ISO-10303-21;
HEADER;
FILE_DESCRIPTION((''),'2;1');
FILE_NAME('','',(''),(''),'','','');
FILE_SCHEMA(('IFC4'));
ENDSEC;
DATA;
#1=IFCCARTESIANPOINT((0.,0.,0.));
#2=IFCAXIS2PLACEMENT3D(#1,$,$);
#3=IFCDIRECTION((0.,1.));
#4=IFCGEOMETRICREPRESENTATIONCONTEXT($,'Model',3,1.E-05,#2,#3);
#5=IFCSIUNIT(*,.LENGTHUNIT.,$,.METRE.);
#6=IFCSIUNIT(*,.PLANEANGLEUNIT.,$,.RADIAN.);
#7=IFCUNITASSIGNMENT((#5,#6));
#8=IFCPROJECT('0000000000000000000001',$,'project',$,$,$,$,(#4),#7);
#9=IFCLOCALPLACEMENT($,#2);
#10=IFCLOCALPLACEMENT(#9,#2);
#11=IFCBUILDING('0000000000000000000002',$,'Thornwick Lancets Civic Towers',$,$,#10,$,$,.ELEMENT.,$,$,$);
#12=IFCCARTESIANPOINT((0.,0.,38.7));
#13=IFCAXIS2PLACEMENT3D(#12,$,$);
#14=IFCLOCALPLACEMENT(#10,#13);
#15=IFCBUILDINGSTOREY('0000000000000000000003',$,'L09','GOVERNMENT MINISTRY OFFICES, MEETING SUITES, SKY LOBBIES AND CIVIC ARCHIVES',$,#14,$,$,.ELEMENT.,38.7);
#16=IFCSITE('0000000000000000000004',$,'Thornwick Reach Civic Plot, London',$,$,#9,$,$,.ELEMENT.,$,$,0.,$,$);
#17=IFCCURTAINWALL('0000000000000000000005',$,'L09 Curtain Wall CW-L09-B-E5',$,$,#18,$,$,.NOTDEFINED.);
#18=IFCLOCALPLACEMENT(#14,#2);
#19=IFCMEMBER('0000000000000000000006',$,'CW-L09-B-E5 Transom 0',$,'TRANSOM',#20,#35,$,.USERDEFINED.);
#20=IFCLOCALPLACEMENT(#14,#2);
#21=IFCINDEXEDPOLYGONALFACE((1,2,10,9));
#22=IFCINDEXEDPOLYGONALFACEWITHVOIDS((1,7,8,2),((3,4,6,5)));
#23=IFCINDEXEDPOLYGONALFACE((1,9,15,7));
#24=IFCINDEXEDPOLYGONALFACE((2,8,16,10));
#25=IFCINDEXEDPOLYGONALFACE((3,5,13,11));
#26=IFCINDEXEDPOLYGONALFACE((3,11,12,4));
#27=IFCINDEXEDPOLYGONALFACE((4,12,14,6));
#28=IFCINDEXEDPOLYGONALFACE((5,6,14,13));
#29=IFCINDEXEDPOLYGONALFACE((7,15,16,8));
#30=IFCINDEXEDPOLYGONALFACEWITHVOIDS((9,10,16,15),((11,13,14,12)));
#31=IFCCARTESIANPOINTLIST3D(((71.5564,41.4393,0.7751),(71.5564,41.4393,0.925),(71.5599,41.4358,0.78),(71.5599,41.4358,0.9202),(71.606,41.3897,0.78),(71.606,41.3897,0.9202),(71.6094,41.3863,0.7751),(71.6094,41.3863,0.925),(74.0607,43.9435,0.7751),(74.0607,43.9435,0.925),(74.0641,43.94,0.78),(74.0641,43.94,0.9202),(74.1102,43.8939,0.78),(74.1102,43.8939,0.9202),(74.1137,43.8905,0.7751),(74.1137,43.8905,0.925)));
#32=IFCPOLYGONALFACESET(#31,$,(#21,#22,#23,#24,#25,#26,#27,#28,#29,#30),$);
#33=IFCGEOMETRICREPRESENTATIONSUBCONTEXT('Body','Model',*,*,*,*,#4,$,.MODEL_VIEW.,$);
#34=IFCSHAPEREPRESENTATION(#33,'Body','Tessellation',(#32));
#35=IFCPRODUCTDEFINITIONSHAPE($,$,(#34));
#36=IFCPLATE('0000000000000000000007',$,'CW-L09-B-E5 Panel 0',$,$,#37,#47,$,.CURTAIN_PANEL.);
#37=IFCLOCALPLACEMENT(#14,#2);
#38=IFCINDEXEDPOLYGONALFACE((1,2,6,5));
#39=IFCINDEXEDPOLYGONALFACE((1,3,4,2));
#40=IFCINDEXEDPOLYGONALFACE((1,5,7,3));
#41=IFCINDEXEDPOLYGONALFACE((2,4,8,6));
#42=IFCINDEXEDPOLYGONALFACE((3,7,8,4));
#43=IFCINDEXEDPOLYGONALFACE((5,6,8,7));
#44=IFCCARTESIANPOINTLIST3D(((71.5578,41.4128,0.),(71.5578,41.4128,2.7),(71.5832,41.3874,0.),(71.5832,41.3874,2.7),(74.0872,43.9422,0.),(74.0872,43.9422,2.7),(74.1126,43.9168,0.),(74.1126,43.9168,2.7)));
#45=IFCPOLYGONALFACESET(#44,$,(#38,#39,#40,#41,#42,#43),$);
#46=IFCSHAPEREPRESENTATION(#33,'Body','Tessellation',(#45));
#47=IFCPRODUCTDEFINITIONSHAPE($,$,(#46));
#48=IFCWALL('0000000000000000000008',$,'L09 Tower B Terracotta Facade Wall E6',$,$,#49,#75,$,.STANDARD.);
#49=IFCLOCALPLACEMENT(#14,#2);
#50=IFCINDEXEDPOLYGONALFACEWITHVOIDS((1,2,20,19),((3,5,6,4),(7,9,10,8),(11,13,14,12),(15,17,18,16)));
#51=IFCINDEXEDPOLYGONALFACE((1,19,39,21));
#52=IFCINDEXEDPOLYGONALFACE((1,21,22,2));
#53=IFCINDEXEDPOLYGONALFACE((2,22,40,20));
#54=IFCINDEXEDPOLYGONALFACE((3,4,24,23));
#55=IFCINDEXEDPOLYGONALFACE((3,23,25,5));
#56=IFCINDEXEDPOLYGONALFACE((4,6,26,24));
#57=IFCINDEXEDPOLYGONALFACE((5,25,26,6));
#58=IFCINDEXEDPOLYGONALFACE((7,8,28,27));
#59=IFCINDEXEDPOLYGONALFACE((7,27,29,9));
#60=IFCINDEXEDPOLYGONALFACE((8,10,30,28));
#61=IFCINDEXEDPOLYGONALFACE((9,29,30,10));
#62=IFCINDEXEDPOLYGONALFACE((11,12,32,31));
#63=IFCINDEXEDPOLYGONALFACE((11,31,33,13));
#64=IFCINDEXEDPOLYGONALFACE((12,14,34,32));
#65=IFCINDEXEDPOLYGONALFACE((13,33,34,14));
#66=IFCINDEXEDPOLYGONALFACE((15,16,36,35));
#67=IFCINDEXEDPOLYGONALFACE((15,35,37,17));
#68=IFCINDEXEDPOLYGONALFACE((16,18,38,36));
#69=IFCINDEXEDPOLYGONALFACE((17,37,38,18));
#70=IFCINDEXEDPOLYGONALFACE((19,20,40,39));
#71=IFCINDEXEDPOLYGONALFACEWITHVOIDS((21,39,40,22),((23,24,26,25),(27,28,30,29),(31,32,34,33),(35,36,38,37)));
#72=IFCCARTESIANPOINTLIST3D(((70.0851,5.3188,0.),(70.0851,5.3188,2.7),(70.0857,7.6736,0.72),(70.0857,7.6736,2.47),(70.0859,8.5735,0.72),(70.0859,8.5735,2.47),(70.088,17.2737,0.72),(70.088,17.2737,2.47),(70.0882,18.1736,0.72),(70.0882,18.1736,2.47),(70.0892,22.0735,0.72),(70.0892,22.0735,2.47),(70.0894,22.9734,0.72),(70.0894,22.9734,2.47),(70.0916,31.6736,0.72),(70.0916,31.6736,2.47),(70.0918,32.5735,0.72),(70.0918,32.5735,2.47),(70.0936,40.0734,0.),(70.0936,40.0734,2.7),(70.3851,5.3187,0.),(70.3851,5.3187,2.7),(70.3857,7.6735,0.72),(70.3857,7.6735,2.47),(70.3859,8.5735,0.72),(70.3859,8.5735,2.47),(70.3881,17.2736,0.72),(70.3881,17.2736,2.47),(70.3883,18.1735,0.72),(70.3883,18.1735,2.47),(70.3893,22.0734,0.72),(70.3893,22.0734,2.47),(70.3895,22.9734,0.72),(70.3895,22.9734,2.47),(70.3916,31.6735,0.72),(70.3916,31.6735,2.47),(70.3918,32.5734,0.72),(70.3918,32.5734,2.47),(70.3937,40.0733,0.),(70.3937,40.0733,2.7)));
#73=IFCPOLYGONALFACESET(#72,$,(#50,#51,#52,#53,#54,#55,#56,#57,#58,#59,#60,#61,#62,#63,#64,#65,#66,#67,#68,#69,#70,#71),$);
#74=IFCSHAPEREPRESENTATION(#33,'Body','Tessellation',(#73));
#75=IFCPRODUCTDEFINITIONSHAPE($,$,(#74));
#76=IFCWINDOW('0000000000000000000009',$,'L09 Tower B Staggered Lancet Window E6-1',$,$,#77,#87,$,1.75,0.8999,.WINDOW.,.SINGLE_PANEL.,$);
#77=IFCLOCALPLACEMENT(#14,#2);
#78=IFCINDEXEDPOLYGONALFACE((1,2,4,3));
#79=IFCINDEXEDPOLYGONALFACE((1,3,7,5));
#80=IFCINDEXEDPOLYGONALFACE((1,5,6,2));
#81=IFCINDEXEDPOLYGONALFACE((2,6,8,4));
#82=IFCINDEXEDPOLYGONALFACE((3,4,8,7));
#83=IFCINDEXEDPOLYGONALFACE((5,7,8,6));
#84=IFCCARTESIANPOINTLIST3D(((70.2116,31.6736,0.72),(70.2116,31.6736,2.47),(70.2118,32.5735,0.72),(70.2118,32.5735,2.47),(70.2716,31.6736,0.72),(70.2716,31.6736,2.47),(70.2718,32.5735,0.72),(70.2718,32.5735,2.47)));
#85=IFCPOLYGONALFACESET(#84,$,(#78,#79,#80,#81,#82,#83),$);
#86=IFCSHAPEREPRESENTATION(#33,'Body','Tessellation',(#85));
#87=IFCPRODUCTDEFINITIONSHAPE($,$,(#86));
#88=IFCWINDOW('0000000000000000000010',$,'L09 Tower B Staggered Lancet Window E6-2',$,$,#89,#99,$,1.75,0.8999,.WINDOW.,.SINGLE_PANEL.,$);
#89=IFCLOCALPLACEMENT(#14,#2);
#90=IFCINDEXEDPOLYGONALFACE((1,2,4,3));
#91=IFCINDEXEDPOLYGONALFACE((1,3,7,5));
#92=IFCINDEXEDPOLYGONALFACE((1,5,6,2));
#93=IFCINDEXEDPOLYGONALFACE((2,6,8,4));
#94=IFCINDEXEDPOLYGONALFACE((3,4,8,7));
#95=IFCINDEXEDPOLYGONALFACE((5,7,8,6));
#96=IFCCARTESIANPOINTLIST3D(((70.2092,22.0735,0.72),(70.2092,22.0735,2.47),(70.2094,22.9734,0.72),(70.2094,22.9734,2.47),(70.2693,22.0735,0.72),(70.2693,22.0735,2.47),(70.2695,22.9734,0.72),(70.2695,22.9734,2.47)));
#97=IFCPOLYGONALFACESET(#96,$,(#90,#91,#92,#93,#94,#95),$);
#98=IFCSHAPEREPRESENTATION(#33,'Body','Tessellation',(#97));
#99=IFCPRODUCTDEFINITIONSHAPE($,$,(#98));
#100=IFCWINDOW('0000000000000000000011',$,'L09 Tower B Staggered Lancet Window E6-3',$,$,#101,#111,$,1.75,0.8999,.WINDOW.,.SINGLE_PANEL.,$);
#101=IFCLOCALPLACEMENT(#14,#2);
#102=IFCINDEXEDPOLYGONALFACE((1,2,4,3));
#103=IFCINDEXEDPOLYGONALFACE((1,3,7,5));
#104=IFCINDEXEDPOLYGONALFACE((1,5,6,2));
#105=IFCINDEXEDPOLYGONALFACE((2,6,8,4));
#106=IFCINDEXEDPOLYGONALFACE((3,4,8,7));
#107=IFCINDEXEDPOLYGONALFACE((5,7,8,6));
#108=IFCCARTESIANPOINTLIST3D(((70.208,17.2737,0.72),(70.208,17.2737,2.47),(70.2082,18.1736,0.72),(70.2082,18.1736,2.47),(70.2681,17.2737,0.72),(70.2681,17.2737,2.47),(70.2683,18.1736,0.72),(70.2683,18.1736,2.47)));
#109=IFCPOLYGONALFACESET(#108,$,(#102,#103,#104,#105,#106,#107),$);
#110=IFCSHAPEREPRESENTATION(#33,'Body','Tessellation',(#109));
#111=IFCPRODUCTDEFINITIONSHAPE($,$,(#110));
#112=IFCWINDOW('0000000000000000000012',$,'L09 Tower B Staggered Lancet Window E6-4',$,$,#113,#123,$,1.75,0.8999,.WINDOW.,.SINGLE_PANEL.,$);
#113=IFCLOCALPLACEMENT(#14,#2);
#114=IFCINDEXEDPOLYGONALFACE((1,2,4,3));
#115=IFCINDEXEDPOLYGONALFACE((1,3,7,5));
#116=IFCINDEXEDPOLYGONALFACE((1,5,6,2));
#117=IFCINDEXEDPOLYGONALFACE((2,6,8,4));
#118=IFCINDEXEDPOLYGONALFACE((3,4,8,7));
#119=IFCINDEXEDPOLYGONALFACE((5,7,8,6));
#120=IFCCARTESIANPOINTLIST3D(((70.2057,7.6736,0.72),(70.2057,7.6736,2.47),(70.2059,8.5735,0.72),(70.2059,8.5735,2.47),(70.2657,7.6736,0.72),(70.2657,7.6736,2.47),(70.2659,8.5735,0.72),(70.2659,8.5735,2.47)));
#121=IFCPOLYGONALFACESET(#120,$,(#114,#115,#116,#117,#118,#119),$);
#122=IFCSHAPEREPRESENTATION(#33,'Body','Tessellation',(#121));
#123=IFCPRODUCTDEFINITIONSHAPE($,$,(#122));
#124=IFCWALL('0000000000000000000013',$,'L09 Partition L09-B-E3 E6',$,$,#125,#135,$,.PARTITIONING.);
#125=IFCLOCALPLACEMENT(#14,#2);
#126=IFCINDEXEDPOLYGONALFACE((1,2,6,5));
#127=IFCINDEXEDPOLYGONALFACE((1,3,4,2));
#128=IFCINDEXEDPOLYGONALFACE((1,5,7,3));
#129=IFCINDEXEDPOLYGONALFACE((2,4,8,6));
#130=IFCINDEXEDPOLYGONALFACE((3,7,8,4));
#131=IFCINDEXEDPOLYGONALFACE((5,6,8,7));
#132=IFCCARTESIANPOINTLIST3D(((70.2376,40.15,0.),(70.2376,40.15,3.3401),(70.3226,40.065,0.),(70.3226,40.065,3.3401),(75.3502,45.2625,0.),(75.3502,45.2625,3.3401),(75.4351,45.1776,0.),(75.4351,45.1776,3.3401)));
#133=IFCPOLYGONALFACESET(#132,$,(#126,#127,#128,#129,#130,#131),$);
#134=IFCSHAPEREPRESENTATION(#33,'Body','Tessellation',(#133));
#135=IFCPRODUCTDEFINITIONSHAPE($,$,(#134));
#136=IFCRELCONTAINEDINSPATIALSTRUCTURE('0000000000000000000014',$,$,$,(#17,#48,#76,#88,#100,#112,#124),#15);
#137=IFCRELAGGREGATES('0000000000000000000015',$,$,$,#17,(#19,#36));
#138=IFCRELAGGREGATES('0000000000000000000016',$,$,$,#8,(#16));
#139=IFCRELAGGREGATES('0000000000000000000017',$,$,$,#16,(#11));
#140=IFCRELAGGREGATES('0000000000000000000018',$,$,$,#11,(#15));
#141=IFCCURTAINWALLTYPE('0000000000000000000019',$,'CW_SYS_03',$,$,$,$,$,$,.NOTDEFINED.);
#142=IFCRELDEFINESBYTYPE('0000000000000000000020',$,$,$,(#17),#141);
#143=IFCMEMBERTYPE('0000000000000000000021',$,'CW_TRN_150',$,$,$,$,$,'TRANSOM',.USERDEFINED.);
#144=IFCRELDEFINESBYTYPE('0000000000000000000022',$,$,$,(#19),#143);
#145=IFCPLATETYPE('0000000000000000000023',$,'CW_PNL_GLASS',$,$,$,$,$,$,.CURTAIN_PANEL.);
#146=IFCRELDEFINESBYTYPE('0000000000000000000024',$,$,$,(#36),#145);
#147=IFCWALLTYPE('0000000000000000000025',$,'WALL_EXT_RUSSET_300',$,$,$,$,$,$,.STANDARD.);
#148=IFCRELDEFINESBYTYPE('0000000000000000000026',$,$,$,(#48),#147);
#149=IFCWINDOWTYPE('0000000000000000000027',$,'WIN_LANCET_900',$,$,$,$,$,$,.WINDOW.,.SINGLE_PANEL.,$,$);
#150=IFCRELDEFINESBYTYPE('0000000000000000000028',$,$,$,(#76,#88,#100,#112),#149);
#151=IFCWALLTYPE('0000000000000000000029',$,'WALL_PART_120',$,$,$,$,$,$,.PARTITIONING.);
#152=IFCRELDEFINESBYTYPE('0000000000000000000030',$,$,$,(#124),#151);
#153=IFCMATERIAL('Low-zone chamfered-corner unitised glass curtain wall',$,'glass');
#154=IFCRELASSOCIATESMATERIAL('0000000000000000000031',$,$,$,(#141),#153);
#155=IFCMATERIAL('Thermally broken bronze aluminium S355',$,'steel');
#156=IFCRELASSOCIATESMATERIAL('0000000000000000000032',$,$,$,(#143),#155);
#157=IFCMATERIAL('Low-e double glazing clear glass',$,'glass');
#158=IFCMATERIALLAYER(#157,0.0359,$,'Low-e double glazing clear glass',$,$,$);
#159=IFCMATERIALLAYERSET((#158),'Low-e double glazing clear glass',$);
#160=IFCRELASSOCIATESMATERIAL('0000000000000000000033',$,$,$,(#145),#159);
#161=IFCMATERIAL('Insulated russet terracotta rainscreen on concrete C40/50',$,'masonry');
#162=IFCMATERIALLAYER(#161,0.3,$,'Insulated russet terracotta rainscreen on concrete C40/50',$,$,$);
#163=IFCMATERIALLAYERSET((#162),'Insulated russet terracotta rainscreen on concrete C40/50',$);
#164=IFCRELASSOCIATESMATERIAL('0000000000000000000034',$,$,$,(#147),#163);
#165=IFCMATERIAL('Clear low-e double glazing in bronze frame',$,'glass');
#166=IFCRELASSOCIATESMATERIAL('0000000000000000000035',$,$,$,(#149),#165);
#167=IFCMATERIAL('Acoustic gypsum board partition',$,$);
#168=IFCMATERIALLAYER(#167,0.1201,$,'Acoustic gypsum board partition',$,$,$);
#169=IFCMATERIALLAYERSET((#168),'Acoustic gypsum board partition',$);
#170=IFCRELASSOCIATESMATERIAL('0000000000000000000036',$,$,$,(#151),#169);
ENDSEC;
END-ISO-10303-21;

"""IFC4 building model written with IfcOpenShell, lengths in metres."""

from ifc_helpers import new_model, si_unit, direction, frame, frame_2d, origin, origin_2d, place, context, subcontext, project, spatial, rectangle, hollow_rectangle, extrude, material, layer, layer_set, material_profile, profile_set, type_object, element, fill, aggregate, save


model = new_model("IFC4")

# Units and contexts
model_context = context("Model", 3, precision=1e-05, world=origin(), true_north=direction((0.0, 1.0)))
body_context = subcontext(model_context, "Body", "Model", "MODEL_VIEW")
ifc_project = project(units=[si_unit("LENGTHUNIT", "METRE"), si_unit("PLANEANGLEUNIT", "RADIAN")], contexts=[model_context])

# Site, building, storey
site_placement = place(None, origin())
site = spatial("IfcSite", under=ifc_project, at=site_placement, Name="Thornwick Reach Civic Plot, London", CompositionType="ELEMENT", RefElevation=0.0)
building_placement = place(site_placement, origin())
building = spatial("IfcBuilding", under=site, at=building_placement, Name="Thornwick Lancets Civic Towers", CompositionType="ELEMENT")
storey_placement = place(building_placement, frame((0.0, 0.0, 38.7)))
storey = spatial("IfcBuildingStorey", under=building, at=storey_placement, Name="L09", Description="GOVERNMENT MINISTRY OFFICES, MEETING SUITES, SKY LOBBIES AND CIVIC ARCHIVES", CompositionType="ELEMENT", Elevation=38.7)

# Curtain wall, member, plate
ifc_material_1 = material(Name="Low-zone chamfered-corner unitised glass curtain wall", Category="glass")
curtain_wall_type = type_object("IfcCurtainWallType", Name="CW_SYS_03", PredefinedType="NOTDEFINED", material=ifc_material_1)
curtain_wall_placement = place(storey_placement, origin())
curtain_wall = element("IfcCurtainWall", 1, at=curtain_wall_placement, inside=storey, type_object=curtain_wall_type, Name="L09 Curtain Wall CW-L09-B-E5", PredefinedType="NOTDEFINED")
ifc_material_2 = material(Name="Thermally broken bronze aluminium S355", Category="steel")
ifc_material_profile_1 = material_profile(ifc_material_2, hollow_rectangle(XDim=0.075, YDim=0.1499, WallThickness=0.0049, at=origin_2d()), Name="RHS 150x75x5")
ifc_profile_set_1 = profile_set([ifc_material_profile_1], Name="Thermally broken bronze aluminium S355")
member_type_1 = type_object("IfcMemberType", Name="CW_TRN_150", ElementType="TRANSOM", PredefinedType="USERDEFINED", material=ifc_profile_set_1)
member_1_placement = place(storey_placement, frame((74.0872, 43.917, 0.8501), z_axis=(-0.707107, -0.707107, 0.0), x_axis=(0.707107, -0.707107, 0.0)))
member_1 = element("IfcMember", 2, at=member_1_placement, type_object=member_type_1, Name="CW-L09-B-E5 Transom 0", ObjectType="TRANSOM", PredefinedType="USERDEFINED", context=body_context, shape_type="SweptSolid", body=[
    extrude(hollow_rectangle(XDim=0.075, YDim=0.1499, WallThickness=0.0049, at=origin_2d()), origin(), (0.0, 0.0, 1.0), 3.5415),
])
ifc_material_3 = material(Name="Low-e double glazing clear glass", Category="glass")
ifc_layer_1 = layer(ifc_material_3, 0.0359, Name="Low-e double glazing clear glass")
ifc_layer_set_1 = layer_set([ifc_layer_1], Name="Low-e double glazing clear glass")
plate_type = type_object("IfcPlateType", Name="CW_PNL_GLASS", PredefinedType="CURTAIN_PANEL", material=ifc_layer_set_1)
plate_placement = place(storey_placement, frame((72.8352, 42.6648, 0.0), z_axis=(0.0, 0.0, 1.0), x_axis=(-0.707107, -0.707107, 0.0)))
plate = element("IfcPlate", 3, at=plate_placement, type_object=plate_type, Name="CW-L09-B-E5 Panel 0", PredefinedType="CURTAIN_PANEL", context=body_context, shape_type="SweptSolid", body=[
    extrude(rectangle(XDim=3.5771, YDim=0.0359, at=origin_2d()), origin(), (0.0, 0.0, 1.0), 2.7),
])
aggregate(curtain_wall, [member_1, plate])

# Wall, openings, windows
ifc_material_4 = material(Name="Insulated russet terracotta rainscreen on concrete C40/50", Category="masonry")
ifc_layer_2 = layer(ifc_material_4, 0.3, Name="Insulated russet terracotta rainscreen on concrete C40/50")
ifc_layer_set_2 = layer_set([ifc_layer_2], Name="Insulated russet terracotta rainscreen on concrete C40/50")
wall_type_1 = type_object("IfcWallType", Name="WALL_EXT_RUSSET_300", PredefinedType="STANDARD", material=ifc_layer_set_2)
wall_1_placement = place(storey_placement, frame((70.2437, 40.0735, 0.0), z_axis=(0.0, 0.0, 1.0), x_axis=(-0.000246, -1.0, 0.0)))
wall_1 = element("IfcWall", 4, at=wall_1_placement, inside=storey, type_object=wall_type_1, Name="L09 Tower B Terracotta Facade Wall E6", PredefinedType="STANDARD", context=body_context, shape_type="SweptSolid", body=[
    extrude(rectangle(XDim=34.7546, YDim=0.3, at=frame_2d((17.3774, 0.0))), origin(), (0.0, 0.0, 1.0), 2.7),
])
opening_1_placement = place(wall_1_placement, frame((7.5, 0.0, 0.72)))
opening_1 = element("IfcOpeningElement", 5, at=opening_1_placement, cuts=wall_1, PredefinedType="OPENING", context=body_context, shape_type="SweptSolid", body=[
    extrude(rectangle(XDim=0.8999, YDim=1.75, at=frame_2d((0.45, 0.875))), frame((0.0, 0.1602, 0.0), z_axis=(0.0, -1.0, 0.0), x_axis=(1.0, 0.0, 0.0)), (0.0, 0.0, 1.0), 0.3201),
])
opening_2_placement = place(wall_1_placement, frame((17.1001, 0.0, 0.72)))
opening_2 = element("IfcOpeningElement", 6, at=opening_2_placement, cuts=wall_1, PredefinedType="OPENING", context=body_context, shape_type="SweptSolid", body=[
    extrude(rectangle(XDim=0.8999, YDim=1.75, at=frame_2d((0.45, 0.875))), frame((0.0, 0.1602, 0.0), z_axis=(0.0, -1.0, 0.0), x_axis=(1.0, 0.0, 0.0)), (0.0, 0.0, 1.0), 0.3201),
])
opening_3_placement = place(wall_1_placement, frame((21.8999, 0.0, 0.72)))
opening_3 = element("IfcOpeningElement", 7, at=opening_3_placement, cuts=wall_1, PredefinedType="OPENING", context=body_context, shape_type="SweptSolid", body=[
    extrude(rectangle(XDim=0.8999, YDim=1.75, at=frame_2d((0.45, 0.875))), frame((0.0, 0.1602, 0.0), z_axis=(0.0, -1.0, 0.0), x_axis=(1.0, 0.0, 0.0)), (0.0, 0.0, 1.0), 0.3201),
])
opening_4_placement = place(wall_1_placement, frame((31.5, 0.0, 0.72)))
opening_4 = element("IfcOpeningElement", 8, at=opening_4_placement, cuts=wall_1, PredefinedType="OPENING", context=body_context, shape_type="SweptSolid", body=[
    extrude(rectangle(XDim=0.8999, YDim=1.75, at=frame_2d((0.45, 0.875))), frame((0.0, 0.1602, 0.0), z_axis=(0.0, -1.0, 0.0), x_axis=(1.0, 0.0, 0.0)), (0.0, 0.0, 1.0), 0.3201),
])
ifc_material_5 = material(Name="Clear low-e double glazing in bronze frame", Category="glass")
window_type = type_object("IfcWindowType", Name="WIN_LANCET_900", PartitioningType="SINGLE_PANEL", PredefinedType="WINDOW", material=ifc_material_5)
window_1_placement = place(opening_1_placement, origin())
window_1 = element("IfcWindow", 9, at=window_1_placement, inside=storey, type_object=window_type, Name="L09 Tower B Staggered Lancet Window E6-1", OverallHeight=1.75, OverallWidth=0.8999, PartitioningType="SINGLE_PANEL", PredefinedType="WINDOW", context=body_context, shape_type="SweptSolid", body=[
    extrude(rectangle(XDim=0.8999, YDim=1.75, at=frame_2d((0.45, 0.875))), frame((0.0, 0.03, 0.0), z_axis=(0.0, -1.0, 0.0), x_axis=(1.0, 0.0, 0.0)), (0.0, 0.0, 1.0), 0.0601),
])
fill(opening_1, window_1)
window_2_placement = place(opening_2_placement, origin())
window_2 = element("IfcWindow", 10, at=window_2_placement, inside=storey, type_object=window_type, Name="L09 Tower B Staggered Lancet Window E6-2", OverallHeight=1.75, OverallWidth=0.8999, PartitioningType="SINGLE_PANEL", PredefinedType="WINDOW", context=body_context, shape_type="SweptSolid", body=[
    extrude(rectangle(XDim=0.8999, YDim=1.75, at=frame_2d((0.45, 0.875))), frame((0.0, 0.03, 0.0), z_axis=(0.0, -1.0, 0.0), x_axis=(1.0, 0.0, 0.0)), (0.0, 0.0, 1.0), 0.0601),
])
fill(opening_2, window_2)
window_3_placement = place(opening_3_placement, origin())
window_3 = element("IfcWindow", 11, at=window_3_placement, inside=storey, type_object=window_type, Name="L09 Tower B Staggered Lancet Window E6-3", OverallHeight=1.75, OverallWidth=0.8999, PartitioningType="SINGLE_PANEL", PredefinedType="WINDOW", context=body_context, shape_type="SweptSolid", body=[
    extrude(rectangle(XDim=0.8999, YDim=1.75, at=frame_2d((0.45, 0.875))), frame((0.0, 0.03, 0.0), z_axis=(0.0, -1.0, 0.0), x_axis=(1.0, 0.0, 0.0)), (0.0, 0.0, 1.0), 0.0601),
])
fill(opening_3, window_3)
window_4_placement = place(opening_4_placement, origin())
window_4 = element("IfcWindow", 12, at=window_4_placement, inside=storey, type_object=window_type, Name="L09 Tower B Staggered Lancet Window E6-4", OverallHeight=1.75, OverallWidth=0.8999, PartitioningType="SINGLE_PANEL", PredefinedType="WINDOW", context=body_context, shape_type="SweptSolid", body=[
    extrude(rectangle(XDim=0.8999, YDim=1.75, at=frame_2d((0.45, 0.875))), frame((0.0, 0.03, 0.0), z_axis=(0.0, -1.0, 0.0), x_axis=(1.0, 0.0, 0.0)), (0.0, 0.0, 1.0), 0.0601),
])
fill(opening_4, window_4)

# Wall
ifc_material_6 = material(Name="Acoustic gypsum board partition")
ifc_layer_3 = layer(ifc_material_6, 0.1201, Name="Acoustic gypsum board partition")
ifc_layer_set_3 = layer_set([ifc_layer_3], Name="Acoustic gypsum board partition")
wall_type_2 = type_object("IfcWallType", Name="WALL_PART_120", PredefinedType="PARTITIONING", material=ifc_layer_set_3)
wall_2_placement = place(storey_placement, frame((70.28, 40.1074, 0.0), z_axis=(0.0, 0.0, 1.0), x_axis=(0.707107, 0.707107, 0.0)))
element("IfcWall", 13, at=wall_2_placement, inside=storey, type_object=wall_type_2, Name="L09 Partition L09-B-E3 E6", PredefinedType="PARTITIONING", context=body_context, shape_type="SweptSolid", body=[
    extrude(rectangle(XDim=7.2302, YDim=0.1201, at=frame_2d((3.6152, 0.0))), origin(), (0.0, 0.0, 1.0), 3.3401),
])

save(model, "model.ifc")
